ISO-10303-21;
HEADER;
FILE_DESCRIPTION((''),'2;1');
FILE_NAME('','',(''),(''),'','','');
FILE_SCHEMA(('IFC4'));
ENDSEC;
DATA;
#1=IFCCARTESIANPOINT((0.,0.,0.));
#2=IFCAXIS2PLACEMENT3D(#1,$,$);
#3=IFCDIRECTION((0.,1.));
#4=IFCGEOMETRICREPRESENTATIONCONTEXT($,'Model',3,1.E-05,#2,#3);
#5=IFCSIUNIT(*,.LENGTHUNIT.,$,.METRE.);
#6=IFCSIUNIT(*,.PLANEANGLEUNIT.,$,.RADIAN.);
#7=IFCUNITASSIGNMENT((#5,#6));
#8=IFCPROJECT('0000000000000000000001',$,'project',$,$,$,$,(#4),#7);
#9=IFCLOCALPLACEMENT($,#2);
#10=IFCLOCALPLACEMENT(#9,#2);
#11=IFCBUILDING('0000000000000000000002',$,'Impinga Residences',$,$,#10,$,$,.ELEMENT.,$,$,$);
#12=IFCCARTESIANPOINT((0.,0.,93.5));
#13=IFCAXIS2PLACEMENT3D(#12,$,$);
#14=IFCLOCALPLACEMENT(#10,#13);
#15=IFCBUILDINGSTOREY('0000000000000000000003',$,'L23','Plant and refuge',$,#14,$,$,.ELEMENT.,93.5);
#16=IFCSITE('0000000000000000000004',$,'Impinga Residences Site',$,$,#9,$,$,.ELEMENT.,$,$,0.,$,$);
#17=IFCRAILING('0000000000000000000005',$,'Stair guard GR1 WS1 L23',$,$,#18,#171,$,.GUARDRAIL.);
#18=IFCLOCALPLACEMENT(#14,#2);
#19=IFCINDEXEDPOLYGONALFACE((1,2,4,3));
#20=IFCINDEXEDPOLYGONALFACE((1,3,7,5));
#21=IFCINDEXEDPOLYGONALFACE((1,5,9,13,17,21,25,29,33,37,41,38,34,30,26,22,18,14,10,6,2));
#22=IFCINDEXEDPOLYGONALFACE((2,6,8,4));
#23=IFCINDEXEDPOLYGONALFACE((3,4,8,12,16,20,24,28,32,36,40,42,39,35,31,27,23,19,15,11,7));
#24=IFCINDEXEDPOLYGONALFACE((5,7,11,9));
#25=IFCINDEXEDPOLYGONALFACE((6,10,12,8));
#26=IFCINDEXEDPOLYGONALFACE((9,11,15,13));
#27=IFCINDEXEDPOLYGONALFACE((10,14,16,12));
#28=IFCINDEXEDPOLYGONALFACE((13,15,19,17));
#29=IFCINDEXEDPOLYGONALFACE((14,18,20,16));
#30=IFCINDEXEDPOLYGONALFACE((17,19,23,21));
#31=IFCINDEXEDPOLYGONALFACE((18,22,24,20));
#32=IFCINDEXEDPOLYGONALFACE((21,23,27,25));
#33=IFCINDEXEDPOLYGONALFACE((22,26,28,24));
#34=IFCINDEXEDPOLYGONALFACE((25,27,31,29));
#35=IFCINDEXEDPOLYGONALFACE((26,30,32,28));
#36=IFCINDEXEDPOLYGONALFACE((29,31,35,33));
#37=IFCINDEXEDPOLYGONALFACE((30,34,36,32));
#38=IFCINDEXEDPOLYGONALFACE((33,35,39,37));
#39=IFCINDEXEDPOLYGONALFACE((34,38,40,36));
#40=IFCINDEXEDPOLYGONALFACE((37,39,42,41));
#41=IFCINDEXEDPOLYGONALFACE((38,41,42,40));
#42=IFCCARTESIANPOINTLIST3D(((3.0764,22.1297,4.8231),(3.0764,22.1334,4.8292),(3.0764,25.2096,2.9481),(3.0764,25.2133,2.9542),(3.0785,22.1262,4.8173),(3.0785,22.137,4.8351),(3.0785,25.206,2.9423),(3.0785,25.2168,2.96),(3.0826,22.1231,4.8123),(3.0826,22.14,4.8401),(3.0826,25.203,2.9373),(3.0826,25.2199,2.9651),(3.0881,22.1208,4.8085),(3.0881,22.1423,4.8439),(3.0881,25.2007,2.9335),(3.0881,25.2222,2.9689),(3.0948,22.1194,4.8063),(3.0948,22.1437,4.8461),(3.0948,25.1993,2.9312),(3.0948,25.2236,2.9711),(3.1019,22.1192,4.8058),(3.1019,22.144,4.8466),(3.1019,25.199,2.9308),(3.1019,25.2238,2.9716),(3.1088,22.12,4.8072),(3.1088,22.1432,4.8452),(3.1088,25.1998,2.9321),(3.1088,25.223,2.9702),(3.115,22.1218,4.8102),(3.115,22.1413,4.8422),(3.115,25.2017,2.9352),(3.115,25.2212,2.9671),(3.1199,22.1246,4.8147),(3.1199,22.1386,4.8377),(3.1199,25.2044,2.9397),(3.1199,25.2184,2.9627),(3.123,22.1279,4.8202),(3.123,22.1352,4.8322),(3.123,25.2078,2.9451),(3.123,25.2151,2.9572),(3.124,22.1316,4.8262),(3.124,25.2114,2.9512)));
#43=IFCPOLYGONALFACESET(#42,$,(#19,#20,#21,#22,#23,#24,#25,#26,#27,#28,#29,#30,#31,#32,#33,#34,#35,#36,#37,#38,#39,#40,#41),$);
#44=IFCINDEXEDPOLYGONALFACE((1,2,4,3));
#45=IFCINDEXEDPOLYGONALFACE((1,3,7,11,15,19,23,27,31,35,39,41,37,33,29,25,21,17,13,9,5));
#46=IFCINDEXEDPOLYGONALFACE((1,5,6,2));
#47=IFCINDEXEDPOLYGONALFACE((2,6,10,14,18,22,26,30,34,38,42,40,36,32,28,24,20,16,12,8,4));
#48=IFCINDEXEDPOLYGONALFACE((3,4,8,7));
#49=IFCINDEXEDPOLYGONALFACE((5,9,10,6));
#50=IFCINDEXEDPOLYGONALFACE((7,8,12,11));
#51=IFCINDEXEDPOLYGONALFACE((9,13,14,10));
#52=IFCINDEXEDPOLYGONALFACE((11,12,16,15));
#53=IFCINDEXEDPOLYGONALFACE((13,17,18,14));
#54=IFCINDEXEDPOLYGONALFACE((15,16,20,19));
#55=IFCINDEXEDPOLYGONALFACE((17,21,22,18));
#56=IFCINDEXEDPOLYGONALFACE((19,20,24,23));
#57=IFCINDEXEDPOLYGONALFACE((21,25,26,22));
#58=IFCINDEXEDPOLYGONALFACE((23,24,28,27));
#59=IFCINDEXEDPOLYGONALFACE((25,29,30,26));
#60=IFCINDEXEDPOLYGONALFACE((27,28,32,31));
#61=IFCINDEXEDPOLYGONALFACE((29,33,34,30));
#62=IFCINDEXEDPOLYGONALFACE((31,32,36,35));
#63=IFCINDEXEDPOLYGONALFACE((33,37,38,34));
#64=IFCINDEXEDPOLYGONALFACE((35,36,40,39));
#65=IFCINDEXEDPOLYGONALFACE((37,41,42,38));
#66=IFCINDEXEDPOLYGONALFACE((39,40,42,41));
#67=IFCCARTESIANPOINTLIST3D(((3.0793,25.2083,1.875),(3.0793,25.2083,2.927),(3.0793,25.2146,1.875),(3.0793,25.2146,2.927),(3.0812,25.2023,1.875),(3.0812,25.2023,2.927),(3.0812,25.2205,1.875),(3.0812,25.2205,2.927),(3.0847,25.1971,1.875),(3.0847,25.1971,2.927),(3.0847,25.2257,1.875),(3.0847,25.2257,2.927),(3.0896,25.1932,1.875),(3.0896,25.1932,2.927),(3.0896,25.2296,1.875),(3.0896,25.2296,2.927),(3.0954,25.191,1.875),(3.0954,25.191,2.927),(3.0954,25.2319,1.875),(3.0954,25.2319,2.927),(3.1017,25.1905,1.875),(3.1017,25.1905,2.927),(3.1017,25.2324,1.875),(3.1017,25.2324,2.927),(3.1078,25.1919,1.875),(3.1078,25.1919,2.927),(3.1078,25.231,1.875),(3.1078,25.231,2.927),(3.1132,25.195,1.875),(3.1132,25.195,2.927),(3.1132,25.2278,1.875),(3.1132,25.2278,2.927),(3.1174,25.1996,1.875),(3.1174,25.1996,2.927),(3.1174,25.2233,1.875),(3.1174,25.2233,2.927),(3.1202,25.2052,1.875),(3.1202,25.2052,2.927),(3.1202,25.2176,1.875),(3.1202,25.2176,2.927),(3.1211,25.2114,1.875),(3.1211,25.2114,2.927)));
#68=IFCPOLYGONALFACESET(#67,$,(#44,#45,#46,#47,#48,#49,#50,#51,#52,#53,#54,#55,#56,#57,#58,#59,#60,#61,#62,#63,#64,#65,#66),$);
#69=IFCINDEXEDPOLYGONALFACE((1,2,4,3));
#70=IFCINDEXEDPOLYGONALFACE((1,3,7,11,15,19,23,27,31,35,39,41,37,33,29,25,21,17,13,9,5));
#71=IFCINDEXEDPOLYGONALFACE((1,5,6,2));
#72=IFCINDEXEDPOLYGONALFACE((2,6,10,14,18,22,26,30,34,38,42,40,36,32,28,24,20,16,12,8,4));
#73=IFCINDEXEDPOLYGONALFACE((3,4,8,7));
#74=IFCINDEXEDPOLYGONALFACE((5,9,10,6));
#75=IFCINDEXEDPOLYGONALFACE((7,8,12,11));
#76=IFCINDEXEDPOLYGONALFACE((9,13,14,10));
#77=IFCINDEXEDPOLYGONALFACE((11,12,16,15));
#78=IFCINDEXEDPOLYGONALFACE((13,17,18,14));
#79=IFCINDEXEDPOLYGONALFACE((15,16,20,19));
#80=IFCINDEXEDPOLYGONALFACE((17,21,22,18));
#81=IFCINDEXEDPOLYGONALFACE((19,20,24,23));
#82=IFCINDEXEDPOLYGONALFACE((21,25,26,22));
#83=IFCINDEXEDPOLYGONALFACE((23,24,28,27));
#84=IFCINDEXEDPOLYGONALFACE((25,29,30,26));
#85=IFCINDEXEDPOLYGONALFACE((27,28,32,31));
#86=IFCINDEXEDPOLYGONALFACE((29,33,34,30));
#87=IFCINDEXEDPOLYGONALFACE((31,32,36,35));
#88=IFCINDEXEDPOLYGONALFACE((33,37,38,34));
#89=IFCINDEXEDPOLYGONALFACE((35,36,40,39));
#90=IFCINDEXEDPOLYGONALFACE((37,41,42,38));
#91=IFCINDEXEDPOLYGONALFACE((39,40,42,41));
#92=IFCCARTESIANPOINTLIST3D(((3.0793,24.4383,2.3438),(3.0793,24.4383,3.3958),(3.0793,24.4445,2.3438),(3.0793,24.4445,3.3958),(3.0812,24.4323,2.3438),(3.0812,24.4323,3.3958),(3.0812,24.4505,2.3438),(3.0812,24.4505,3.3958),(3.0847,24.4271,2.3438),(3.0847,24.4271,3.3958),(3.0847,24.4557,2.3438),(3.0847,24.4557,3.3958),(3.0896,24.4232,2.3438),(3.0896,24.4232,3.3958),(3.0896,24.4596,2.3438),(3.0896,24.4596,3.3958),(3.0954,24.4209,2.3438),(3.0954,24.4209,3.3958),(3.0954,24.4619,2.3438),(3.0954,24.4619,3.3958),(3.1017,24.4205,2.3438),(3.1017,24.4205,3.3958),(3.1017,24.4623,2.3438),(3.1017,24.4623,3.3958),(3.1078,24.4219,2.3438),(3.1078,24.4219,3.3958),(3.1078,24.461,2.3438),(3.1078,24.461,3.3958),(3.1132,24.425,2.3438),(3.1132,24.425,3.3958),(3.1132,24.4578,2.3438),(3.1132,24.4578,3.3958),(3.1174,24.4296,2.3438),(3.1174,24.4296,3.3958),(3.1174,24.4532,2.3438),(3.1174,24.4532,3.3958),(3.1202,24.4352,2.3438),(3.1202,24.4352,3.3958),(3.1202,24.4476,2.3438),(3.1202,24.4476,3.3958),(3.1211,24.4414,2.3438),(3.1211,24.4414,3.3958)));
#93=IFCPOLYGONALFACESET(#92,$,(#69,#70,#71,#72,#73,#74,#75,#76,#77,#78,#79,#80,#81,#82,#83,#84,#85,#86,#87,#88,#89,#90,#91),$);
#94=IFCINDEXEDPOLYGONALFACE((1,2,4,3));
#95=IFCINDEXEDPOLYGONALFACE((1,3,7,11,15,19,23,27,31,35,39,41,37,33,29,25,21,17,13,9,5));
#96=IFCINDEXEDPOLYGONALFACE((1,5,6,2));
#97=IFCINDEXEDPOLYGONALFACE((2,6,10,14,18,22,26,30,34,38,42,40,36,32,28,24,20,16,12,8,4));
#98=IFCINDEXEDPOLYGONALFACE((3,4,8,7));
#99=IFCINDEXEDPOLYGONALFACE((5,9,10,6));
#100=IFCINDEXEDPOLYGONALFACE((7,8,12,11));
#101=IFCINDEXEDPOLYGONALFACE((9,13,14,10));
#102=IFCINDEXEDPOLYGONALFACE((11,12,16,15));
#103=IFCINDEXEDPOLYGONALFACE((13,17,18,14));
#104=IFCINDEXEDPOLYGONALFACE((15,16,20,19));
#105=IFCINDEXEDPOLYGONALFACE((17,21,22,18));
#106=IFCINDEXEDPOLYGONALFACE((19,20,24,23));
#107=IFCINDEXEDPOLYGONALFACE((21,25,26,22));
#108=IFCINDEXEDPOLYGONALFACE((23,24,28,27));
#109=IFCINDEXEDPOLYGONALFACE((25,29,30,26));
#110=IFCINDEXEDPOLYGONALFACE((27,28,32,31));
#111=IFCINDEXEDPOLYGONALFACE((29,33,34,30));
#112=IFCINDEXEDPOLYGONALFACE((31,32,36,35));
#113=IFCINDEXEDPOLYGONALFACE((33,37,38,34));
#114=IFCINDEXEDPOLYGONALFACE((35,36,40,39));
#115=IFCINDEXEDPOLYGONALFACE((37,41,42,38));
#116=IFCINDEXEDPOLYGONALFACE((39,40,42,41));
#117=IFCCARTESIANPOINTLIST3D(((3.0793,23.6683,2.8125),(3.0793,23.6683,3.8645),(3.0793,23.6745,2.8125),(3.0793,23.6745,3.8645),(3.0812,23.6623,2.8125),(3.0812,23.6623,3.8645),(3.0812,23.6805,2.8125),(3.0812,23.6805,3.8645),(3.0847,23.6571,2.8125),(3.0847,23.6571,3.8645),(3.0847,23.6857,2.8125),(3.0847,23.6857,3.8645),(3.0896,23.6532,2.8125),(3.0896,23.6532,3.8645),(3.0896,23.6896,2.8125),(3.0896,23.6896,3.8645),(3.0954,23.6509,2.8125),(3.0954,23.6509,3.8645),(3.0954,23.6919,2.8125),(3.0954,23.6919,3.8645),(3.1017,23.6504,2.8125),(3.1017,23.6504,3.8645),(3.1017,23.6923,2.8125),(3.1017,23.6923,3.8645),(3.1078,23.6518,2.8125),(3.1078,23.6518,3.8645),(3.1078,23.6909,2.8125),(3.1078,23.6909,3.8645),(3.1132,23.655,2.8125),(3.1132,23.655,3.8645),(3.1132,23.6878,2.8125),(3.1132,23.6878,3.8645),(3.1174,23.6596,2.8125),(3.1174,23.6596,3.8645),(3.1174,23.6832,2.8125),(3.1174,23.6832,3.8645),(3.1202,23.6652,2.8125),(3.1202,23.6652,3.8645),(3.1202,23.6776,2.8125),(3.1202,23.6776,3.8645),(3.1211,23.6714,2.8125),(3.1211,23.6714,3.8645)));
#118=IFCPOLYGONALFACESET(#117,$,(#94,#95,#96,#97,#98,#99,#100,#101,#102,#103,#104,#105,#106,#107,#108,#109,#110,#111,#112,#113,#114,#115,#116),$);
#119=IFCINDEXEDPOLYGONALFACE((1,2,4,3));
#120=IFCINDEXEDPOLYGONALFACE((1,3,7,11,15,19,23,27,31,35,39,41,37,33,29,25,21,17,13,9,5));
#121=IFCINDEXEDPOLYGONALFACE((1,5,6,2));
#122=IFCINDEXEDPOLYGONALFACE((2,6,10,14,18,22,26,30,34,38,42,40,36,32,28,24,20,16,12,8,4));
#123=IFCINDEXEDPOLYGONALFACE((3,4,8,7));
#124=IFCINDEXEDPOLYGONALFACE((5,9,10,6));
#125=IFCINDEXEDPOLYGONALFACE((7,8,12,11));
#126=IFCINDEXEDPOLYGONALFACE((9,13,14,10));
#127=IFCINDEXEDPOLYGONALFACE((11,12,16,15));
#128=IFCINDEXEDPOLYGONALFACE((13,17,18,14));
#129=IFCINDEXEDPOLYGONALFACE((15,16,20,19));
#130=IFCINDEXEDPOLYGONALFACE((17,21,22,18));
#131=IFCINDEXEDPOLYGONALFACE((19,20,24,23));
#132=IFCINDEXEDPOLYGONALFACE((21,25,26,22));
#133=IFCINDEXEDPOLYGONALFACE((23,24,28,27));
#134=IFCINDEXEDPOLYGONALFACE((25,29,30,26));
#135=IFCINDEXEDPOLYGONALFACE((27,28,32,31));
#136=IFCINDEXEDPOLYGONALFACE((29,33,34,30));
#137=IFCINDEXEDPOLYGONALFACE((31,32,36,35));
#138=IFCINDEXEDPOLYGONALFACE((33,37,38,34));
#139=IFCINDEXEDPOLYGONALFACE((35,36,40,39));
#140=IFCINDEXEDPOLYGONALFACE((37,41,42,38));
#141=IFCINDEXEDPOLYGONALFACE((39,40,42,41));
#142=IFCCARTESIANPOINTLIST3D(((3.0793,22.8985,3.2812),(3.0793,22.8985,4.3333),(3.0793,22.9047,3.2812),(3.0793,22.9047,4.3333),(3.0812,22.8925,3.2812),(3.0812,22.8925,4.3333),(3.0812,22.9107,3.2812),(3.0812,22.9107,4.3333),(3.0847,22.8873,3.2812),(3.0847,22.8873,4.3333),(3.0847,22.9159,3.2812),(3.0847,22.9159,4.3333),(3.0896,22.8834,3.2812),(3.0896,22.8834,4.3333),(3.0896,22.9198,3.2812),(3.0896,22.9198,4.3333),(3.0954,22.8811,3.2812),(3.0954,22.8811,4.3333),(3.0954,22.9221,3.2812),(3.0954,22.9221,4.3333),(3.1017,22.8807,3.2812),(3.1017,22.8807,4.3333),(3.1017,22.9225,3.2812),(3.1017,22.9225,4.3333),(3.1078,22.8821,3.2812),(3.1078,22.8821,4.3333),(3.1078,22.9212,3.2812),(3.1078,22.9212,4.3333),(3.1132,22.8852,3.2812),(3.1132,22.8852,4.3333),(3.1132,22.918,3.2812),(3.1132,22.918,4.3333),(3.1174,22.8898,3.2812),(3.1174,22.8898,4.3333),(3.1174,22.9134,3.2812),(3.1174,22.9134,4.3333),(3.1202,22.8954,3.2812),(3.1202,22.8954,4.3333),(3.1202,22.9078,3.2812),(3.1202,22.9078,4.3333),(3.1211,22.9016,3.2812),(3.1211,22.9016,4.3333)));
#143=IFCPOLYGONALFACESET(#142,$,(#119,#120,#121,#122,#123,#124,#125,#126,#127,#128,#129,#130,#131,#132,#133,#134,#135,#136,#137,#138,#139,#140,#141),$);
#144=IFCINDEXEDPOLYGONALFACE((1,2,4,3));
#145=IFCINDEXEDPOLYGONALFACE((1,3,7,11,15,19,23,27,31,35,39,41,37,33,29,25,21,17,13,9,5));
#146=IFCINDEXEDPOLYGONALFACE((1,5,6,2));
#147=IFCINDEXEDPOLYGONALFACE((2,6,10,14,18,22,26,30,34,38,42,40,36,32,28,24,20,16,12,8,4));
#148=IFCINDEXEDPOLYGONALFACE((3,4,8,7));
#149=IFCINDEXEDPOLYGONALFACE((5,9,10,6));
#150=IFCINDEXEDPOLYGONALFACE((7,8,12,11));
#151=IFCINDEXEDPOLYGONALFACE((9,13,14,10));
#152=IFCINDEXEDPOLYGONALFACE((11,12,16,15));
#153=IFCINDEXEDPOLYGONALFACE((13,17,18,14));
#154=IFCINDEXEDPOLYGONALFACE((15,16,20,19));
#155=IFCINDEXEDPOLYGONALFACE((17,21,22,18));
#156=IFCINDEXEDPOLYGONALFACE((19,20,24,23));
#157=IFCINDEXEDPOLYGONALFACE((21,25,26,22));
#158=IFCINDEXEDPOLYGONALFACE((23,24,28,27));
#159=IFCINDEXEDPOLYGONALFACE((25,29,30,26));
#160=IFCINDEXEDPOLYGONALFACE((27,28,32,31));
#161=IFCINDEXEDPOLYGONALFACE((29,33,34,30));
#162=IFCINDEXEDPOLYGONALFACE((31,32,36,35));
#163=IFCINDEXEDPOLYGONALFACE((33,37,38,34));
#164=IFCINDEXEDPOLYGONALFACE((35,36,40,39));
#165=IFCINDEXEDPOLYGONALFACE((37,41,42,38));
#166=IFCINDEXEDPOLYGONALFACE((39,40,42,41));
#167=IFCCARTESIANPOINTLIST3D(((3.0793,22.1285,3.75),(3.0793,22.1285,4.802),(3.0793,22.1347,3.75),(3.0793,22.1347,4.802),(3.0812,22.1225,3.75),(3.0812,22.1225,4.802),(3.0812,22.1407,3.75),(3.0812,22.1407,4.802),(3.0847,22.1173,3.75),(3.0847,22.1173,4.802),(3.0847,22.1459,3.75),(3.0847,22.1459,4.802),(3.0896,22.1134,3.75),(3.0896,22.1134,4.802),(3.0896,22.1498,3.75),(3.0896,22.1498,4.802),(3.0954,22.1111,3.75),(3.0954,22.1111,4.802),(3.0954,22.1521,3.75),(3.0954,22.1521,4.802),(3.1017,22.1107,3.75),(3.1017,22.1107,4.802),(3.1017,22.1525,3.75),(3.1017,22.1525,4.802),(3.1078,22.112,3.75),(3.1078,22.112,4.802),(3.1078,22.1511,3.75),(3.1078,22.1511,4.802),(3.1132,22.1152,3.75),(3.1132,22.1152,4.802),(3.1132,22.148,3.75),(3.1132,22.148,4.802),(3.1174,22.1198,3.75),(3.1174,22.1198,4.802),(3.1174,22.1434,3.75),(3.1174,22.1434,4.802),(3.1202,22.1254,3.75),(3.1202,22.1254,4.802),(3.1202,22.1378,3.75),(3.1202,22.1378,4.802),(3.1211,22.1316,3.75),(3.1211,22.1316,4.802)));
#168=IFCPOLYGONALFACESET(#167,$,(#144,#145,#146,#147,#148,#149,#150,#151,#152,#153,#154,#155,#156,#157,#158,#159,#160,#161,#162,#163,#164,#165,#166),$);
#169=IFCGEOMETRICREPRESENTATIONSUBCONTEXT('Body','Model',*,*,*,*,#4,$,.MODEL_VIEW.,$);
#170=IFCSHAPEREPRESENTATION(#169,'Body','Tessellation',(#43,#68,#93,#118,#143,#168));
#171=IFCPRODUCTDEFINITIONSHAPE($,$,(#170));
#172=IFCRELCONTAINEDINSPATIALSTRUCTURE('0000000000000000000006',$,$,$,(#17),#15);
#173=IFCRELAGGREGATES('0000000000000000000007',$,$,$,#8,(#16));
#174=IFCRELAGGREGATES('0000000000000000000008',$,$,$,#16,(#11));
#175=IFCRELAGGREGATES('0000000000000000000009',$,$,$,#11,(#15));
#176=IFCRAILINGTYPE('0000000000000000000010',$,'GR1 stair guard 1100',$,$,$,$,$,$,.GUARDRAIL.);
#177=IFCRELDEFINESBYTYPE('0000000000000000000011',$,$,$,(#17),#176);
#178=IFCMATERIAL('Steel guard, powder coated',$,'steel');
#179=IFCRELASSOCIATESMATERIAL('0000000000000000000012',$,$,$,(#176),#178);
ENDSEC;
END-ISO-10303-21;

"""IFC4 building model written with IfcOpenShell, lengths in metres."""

from ifc_helpers import new_model, si_unit, direction, frame, origin, origin_2d, place, context, subcontext, project, spatial, circle, extrude, material, type_object, element, save


model = new_model("IFC4")

# Units and contexts
model_context = context("Model", 3, precision=1e-05, world=origin(), true_north=direction((0.0, 1.0)))
body_context = subcontext(model_context, "Body", "Model", "MODEL_VIEW")
ifc_project = project(units=[si_unit("LENGTHUNIT", "METRE"), si_unit("PLANEANGLEUNIT", "RADIAN")], contexts=[model_context])

# Site, building, storey
site_placement = place(None, origin())
site = spatial("IfcSite", under=ifc_project, at=site_placement, Name="Impinga Residences Site", CompositionType="ELEMENT", RefElevation=0.0)
building_placement = place(site_placement, origin())
building = spatial("IfcBuilding", under=site, at=building_placement, Name="Impinga Residences", CompositionType="ELEMENT")
storey_placement = place(building_placement, frame((0.0, 0.0, 93.5)))
storey = spatial("IfcBuildingStorey", under=building, at=storey_placement, Name="L23", Description="Plant and refuge", CompositionType="ELEMENT", Elevation=93.5)

# Railing
ifc_material_1 = material(Name="Steel guard, powder coated", Category="steel")
railing_type_1 = type_object("IfcRailingType", Name="GR1 stair guard 1100", PredefinedType="GUARDRAIL", material=ifc_material_1)
railing_placement = place(storey_placement, frame((3.1001, 25.2114, 1.875)))
element("IfcRailing", 1, at=railing_placement, inside=storey, type_object=railing_type_1, Name="Stair guard GR1 WS1 L23", PredefinedType="GUARDRAIL", context=body_context, shape_type="SweptSolid", body=[
    extrude(circle(Radius=0.0239, at=origin_2d()), frame((0.0, 0.0, 1.0762), z_axis=(0.0, -0.854159, 0.520011), x_axis=(1.0, 0.0, 0.0)), (0.0, 0.0, 1.0), 3.6057),
    extrude(circle(Radius=0.021, at=origin_2d()), origin(), (0.0, 0.0, 1.0), 1.052),
    extrude(circle(Radius=0.021, at=origin_2d()), frame((0.0, -0.77, 0.4688)), (0.0, 0.0, 1.0), 1.052),
    extrude(circle(Radius=0.021, at=origin_2d()), frame((0.0, -1.54, 0.9375)), (0.0, 0.0, 1.0), 1.052),
    extrude(circle(Radius=0.021, at=origin_2d()), frame((0.0, -2.3098, 1.4062)), (0.0, 0.0, 1.0), 1.052),
    extrude(circle(Radius=0.021, at=origin_2d()), frame((0.0, -3.0798, 1.875)), (0.0, 0.0, 1.0), 1.052),
])

save(model, "model.ifc")
